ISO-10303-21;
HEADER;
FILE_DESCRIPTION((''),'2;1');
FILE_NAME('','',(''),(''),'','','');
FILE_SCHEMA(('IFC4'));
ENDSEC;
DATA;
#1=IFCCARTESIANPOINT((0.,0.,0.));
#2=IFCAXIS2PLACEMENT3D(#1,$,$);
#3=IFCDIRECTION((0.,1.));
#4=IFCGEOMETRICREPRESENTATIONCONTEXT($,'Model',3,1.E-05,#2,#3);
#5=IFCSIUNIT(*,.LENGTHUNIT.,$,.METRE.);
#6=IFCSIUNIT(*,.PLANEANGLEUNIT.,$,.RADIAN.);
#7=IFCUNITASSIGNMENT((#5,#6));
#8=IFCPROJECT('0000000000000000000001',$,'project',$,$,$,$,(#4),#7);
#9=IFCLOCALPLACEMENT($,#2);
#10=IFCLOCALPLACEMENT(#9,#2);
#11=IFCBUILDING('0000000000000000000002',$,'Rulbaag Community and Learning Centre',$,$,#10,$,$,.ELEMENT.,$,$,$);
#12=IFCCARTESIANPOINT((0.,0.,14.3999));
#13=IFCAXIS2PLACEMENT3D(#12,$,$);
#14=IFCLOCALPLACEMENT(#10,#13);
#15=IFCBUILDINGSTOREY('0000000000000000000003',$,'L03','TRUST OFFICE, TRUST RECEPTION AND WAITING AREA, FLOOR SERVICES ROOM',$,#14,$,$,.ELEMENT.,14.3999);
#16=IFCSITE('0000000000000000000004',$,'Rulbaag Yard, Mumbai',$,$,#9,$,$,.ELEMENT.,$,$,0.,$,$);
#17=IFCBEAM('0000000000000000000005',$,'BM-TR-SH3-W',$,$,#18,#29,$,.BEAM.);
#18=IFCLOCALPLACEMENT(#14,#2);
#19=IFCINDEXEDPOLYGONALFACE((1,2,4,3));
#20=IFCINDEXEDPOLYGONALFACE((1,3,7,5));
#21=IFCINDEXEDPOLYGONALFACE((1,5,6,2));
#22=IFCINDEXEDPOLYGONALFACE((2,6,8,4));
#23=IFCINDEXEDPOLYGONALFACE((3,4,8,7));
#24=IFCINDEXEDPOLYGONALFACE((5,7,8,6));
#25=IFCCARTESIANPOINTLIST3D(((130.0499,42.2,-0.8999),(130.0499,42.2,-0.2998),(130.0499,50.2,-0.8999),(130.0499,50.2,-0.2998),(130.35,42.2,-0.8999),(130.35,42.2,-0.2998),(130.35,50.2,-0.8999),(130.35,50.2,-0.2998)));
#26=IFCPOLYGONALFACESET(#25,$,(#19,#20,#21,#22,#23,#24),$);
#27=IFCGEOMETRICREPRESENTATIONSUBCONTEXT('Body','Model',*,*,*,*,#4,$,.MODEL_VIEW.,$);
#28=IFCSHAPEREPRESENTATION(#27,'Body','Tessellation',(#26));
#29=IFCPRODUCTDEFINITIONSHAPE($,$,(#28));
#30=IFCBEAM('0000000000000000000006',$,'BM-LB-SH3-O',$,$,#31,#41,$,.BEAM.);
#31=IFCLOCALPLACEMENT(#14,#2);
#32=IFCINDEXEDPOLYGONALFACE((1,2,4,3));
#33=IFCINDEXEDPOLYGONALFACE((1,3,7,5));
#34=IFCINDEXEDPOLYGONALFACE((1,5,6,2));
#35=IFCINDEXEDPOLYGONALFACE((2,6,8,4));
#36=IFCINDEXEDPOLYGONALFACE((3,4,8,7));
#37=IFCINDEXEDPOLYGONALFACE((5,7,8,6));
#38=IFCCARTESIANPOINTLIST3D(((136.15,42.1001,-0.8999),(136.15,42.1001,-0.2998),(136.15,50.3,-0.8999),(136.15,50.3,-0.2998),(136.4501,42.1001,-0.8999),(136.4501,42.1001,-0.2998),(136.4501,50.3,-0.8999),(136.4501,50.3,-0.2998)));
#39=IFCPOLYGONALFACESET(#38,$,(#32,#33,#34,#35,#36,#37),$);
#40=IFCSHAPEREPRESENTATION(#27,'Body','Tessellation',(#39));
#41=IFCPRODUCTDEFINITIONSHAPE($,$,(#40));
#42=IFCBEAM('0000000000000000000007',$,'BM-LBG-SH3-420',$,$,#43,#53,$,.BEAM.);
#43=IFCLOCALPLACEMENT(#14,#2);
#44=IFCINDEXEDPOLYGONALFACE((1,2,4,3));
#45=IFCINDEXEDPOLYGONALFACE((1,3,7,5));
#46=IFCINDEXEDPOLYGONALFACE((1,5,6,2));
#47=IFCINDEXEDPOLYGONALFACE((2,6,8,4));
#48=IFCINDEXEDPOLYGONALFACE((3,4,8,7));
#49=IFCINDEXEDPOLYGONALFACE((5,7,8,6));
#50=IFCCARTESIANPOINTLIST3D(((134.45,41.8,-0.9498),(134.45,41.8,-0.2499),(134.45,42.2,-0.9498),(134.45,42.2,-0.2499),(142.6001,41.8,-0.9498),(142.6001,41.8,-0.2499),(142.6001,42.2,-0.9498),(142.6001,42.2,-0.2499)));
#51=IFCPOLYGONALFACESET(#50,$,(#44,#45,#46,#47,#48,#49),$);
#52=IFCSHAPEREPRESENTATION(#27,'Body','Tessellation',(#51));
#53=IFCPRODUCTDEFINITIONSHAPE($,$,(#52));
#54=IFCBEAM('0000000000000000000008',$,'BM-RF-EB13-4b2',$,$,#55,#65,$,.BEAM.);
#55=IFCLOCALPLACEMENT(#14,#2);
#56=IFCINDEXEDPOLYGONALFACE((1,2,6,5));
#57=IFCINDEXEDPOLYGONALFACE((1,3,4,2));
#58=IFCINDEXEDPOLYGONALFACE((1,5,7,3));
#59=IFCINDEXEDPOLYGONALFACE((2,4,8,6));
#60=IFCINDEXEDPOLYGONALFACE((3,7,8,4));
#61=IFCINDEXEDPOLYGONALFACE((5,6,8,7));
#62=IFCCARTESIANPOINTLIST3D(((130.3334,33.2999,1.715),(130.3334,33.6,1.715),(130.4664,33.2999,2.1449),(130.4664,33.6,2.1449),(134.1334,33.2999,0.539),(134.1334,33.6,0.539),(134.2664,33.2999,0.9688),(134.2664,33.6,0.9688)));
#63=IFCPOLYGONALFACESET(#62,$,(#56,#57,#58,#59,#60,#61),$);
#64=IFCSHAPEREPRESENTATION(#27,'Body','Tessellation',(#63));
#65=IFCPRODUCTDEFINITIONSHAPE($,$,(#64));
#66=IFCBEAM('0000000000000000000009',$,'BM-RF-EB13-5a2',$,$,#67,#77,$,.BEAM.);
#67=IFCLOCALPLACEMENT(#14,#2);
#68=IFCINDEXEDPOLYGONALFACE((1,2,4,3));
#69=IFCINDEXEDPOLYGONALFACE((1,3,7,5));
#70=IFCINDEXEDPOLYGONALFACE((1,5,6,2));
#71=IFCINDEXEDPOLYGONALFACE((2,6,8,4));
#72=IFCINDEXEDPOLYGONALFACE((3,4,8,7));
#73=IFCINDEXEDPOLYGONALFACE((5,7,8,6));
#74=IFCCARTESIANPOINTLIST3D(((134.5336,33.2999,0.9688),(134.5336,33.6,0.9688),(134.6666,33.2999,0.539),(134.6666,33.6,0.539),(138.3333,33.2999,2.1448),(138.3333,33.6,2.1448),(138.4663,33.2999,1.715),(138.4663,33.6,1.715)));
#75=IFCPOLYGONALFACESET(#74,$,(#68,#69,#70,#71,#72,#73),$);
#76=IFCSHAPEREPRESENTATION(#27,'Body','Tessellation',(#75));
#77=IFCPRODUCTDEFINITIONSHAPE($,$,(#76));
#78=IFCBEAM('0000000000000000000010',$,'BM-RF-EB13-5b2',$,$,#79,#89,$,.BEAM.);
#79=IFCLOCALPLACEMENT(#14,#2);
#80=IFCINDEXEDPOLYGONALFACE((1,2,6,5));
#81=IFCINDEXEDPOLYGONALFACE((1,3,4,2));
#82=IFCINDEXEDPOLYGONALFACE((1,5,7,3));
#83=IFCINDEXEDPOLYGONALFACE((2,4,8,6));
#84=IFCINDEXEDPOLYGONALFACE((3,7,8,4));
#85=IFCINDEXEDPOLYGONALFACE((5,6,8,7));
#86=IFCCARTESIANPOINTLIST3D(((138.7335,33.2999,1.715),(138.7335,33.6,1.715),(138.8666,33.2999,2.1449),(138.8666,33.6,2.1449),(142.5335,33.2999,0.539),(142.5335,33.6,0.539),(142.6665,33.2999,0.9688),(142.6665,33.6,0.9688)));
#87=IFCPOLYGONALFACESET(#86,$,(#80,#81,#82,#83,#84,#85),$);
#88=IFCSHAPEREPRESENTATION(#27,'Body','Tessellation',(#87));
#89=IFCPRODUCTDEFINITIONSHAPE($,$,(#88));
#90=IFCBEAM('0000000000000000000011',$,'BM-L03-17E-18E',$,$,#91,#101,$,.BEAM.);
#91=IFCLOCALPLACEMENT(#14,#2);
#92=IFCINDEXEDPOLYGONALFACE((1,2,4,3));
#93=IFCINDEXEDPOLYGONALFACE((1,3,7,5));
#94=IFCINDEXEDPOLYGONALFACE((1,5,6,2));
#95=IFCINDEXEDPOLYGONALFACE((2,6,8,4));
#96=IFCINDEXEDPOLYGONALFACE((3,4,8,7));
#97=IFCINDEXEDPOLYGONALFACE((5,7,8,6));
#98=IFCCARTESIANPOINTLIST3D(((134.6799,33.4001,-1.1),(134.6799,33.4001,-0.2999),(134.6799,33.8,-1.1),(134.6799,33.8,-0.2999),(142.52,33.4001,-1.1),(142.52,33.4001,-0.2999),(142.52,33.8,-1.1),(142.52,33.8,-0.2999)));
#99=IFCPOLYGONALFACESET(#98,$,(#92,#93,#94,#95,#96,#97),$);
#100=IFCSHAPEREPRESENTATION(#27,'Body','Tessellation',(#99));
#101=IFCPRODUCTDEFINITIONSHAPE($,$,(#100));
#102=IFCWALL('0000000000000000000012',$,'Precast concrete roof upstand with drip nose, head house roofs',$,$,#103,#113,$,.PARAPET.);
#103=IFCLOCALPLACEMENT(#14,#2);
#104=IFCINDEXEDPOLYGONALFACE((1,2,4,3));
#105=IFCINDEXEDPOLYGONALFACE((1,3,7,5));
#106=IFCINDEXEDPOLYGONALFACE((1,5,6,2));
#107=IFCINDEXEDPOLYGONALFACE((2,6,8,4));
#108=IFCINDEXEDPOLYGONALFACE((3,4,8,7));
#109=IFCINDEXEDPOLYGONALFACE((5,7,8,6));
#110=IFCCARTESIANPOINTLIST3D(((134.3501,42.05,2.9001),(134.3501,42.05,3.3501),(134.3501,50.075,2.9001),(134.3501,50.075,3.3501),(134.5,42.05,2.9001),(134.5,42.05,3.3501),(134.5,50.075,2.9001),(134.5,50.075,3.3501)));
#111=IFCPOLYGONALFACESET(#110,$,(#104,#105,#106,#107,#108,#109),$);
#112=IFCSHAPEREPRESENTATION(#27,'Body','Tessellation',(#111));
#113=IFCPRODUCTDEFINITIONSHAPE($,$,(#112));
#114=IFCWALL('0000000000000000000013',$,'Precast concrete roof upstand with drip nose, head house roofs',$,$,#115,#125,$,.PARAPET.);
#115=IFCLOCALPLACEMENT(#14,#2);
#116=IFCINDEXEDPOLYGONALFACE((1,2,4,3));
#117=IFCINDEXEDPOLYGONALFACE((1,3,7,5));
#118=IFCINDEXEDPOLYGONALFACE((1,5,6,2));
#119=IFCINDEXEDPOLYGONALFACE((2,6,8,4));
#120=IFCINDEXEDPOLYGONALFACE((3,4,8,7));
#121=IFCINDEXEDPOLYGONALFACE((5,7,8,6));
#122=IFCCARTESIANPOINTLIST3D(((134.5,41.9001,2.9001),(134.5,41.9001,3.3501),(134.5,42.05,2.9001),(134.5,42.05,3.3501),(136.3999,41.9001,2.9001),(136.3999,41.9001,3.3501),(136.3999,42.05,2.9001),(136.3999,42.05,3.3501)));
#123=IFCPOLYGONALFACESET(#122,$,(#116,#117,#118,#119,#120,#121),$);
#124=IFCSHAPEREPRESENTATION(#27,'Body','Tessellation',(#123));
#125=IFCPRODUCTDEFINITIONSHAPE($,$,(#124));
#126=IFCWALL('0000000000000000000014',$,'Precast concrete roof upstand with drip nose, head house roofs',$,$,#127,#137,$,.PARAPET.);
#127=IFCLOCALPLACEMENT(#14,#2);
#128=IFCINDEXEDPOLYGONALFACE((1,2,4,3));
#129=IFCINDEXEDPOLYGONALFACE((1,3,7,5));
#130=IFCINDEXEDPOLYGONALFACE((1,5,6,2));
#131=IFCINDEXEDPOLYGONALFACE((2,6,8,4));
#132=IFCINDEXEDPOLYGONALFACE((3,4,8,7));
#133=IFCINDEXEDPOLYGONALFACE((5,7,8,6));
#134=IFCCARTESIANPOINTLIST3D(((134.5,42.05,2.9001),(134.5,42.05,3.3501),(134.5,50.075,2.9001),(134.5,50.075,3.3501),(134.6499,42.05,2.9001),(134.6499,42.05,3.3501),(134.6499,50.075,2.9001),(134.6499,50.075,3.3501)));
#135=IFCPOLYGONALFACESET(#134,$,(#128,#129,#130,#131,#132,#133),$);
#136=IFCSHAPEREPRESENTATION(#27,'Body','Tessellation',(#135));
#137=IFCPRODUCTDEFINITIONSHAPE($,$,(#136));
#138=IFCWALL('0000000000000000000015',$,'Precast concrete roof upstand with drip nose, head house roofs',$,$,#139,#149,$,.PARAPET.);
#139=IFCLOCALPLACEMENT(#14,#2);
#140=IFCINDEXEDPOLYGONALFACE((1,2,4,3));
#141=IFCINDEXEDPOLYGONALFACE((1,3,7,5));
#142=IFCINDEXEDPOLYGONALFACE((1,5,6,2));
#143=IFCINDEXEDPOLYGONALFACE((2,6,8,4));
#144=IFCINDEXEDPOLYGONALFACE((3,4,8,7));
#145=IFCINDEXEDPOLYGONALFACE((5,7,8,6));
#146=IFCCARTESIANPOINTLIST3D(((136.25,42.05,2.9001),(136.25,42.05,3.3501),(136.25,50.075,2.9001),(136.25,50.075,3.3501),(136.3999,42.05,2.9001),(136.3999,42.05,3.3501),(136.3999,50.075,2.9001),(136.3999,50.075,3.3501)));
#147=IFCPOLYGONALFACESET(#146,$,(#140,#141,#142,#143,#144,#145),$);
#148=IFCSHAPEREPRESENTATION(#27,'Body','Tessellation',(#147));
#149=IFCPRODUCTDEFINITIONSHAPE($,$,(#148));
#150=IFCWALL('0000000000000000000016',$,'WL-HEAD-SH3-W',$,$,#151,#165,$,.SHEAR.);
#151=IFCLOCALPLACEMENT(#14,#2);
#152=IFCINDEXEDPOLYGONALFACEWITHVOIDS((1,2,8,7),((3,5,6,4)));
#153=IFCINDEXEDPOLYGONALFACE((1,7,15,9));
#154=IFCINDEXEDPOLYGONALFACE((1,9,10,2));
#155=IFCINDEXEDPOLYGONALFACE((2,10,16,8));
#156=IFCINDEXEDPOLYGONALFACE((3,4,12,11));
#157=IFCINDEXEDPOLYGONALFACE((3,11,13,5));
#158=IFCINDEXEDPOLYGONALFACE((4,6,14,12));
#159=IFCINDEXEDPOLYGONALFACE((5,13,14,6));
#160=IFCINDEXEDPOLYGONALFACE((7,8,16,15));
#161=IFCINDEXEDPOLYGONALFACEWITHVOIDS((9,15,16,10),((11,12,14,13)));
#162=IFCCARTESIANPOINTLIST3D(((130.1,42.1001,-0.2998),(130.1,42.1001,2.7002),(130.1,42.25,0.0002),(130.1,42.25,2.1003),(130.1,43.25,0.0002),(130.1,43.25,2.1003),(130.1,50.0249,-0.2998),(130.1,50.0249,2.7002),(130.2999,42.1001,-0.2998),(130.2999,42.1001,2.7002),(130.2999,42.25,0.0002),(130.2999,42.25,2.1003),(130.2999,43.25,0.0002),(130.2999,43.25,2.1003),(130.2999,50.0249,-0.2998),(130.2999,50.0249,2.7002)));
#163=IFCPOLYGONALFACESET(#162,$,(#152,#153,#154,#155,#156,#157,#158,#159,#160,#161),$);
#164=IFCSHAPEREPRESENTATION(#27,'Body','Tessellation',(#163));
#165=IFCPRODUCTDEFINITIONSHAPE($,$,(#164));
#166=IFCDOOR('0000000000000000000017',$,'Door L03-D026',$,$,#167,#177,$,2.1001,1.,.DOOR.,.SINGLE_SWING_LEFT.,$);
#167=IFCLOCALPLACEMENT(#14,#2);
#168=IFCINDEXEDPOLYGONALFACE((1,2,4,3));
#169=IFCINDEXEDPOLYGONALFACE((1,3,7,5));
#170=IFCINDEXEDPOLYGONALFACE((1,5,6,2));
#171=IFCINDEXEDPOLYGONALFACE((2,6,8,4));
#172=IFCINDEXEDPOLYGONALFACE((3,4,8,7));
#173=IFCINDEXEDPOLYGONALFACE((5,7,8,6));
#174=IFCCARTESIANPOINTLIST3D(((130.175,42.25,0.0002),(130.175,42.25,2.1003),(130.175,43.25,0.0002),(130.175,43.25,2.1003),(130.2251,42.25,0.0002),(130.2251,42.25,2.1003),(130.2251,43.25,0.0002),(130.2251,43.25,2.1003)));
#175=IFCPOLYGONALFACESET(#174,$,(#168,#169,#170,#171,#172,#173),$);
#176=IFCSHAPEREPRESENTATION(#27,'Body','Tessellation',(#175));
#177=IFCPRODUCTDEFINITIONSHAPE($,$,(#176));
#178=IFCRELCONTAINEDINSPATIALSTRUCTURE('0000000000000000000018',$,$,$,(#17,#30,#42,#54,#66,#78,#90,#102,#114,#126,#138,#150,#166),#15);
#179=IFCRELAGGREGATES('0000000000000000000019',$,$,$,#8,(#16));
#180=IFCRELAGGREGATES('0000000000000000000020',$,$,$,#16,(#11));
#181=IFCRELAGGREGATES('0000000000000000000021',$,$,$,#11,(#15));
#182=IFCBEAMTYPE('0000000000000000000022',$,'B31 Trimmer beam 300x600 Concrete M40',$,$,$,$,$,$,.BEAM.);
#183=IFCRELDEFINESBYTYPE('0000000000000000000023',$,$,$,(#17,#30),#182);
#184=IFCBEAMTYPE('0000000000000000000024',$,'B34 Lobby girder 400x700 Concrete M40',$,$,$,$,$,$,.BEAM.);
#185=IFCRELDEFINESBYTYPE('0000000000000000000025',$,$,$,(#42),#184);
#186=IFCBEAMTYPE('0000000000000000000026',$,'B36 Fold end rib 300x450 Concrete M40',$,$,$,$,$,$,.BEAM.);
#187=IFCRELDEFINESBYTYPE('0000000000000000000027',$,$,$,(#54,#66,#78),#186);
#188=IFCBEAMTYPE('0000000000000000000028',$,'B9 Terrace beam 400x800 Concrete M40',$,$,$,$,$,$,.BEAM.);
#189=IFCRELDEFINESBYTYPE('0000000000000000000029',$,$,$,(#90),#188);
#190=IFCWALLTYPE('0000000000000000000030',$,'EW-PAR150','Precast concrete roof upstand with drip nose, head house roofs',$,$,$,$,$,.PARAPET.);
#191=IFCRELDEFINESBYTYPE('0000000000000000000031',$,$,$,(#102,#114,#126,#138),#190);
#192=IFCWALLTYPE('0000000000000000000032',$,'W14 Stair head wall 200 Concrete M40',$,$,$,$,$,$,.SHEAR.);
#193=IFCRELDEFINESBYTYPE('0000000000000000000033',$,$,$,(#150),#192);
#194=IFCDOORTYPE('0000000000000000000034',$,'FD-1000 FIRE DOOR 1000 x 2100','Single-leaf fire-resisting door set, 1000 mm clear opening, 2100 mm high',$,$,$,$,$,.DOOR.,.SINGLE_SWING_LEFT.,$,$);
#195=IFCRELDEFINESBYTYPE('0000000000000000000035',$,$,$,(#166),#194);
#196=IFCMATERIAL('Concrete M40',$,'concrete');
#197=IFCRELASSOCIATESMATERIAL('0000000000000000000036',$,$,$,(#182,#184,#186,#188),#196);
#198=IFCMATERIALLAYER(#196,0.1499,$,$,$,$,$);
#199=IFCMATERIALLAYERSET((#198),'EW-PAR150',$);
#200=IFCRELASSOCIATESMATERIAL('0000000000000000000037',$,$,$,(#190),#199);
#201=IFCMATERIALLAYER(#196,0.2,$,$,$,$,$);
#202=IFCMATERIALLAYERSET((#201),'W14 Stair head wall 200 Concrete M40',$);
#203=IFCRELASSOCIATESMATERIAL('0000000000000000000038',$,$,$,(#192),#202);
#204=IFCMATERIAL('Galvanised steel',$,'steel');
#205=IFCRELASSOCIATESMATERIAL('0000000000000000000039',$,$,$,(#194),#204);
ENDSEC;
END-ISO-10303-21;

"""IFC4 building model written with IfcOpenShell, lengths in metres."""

from ifc_helpers import new_model, si_unit, direction, frame, frame_2d, origin, origin_2d, place, context, subcontext, project, spatial, rectangle, extrude, material, layer, layer_set, material_profile, profile_set, type_object, element, fill, save


model = new_model("IFC4")

# Units and contexts
model_context = context("Model", 3, precision=1e-05, world=origin(), true_north=direction((0.0, 1.0)))
body_context = subcontext(model_context, "Body", "Model", "MODEL_VIEW")
ifc_project = project(units=[si_unit("LENGTHUNIT", "METRE"), si_unit("PLANEANGLEUNIT", "RADIAN")], contexts=[model_context])

# Site, building, storey
site_placement = place(None, origin())
site = spatial("IfcSite", under=ifc_project, at=site_placement, Name="Rulbaag Yard, Mumbai", CompositionType="ELEMENT", RefElevation=0.0)
building_placement = place(site_placement, origin())
building = spatial("IfcBuilding", under=site, at=building_placement, Name="Rulbaag Community and Learning Centre", CompositionType="ELEMENT")
storey_placement = place(building_placement, frame((0.0, 0.0, 14.3999)))
storey = spatial("IfcBuildingStorey", under=building, at=storey_placement, Name="L03", Description="TRUST OFFICE, TRUST RECEPTION AND WAITING AREA, FLOOR SERVICES ROOM", CompositionType="ELEMENT", Elevation=14.3999)

# Beams
ifc_material_1 = material(Name="Concrete M40", Category="concrete")
ifc_material_profile_1 = material_profile(ifc_material_1, rectangle(XDim=0.3, YDim=0.6001, at=origin_2d()), Name="RB300x600")
ifc_profile_set_1 = profile_set([ifc_material_profile_1], Name="Concrete M40")
beam_type_1 = type_object("IfcBeamType", Name="B31 Trimmer beam 300x600 Concrete M40", PredefinedType="BEAM", material=ifc_profile_set_1)
beam_1_placement = place(storey_placement, frame((130.2, 42.2, -0.5999), z_axis=(0.0, 1.0, 0.0), x_axis=(-1.0, 0.0, 0.0)))
element("IfcBeam", 1, at=beam_1_placement, inside=storey, type_object=beam_type_1, Name="BM-TR-SH3-W", PredefinedType="BEAM", context=body_context, shape_type="SweptSolid", body=[
    extrude(rectangle(XDim=0.3, YDim=0.6001, at=origin_2d()), origin(), (0.0, 0.0, 1.0), 8.0),
])
beam_2_placement = place(storey_placement, frame((136.3, 42.1001, -0.5999), z_axis=(0.0, 1.0, 0.0), x_axis=(-1.0, 0.0, 0.0)))
element("IfcBeam", 2, at=beam_2_placement, inside=storey, type_object=beam_type_1, Name="BM-LB-SH3-O", PredefinedType="BEAM", context=body_context, shape_type="SweptSolid", body=[
    extrude(rectangle(XDim=0.3, YDim=0.6001, at=origin_2d()), origin(), (0.0, 0.0, 1.0), 8.2),
])
ifc_material_profile_2 = material_profile(ifc_material_1, rectangle(XDim=0.3999, YDim=0.7, at=origin_2d()), Name="RB400x700")
ifc_profile_set_2 = profile_set([ifc_material_profile_2], Name="Concrete M40")
beam_type_2 = type_object("IfcBeamType", Name="B34 Lobby girder 400x700 Concrete M40", PredefinedType="BEAM", material=ifc_profile_set_2)
beam_3_placement = place(storey_placement, frame((134.45, 42.0, -0.5999), z_axis=(1.0, 0.0, 0.0), x_axis=(0.0, 1.0, 0.0)))
element("IfcBeam", 3, at=beam_3_placement, inside=storey, type_object=beam_type_2, Name="BM-LBG-SH3-420", PredefinedType="BEAM", context=body_context, shape_type="SweptSolid", body=[
    extrude(rectangle(XDim=0.3999, YDim=0.7, at=origin_2d()), origin(), (0.0, 0.0, 1.0), 8.1501),
])
ifc_material_profile_3 = material_profile(ifc_material_1, rectangle(XDim=0.3, YDim=0.45, at=origin_2d()), Name="RB300x450")
ifc_profile_set_3 = profile_set([ifc_material_profile_3], Name="Concrete M40")
beam_type_3 = type_object("IfcBeamType", Name="B36 Fold end rib 300x450 Concrete M40", PredefinedType="BEAM", material=ifc_profile_set_3)
beam_4_placement = place(storey_placement, frame((130.3999, 33.45, 1.9299), z_axis=(0.955299, 0.0, -0.295642), x_axis=(0.0, 1.0, 0.0)))
element("IfcBeam", 4, at=beam_4_placement, inside=storey, type_object=beam_type_3, Name="BM-RF-EB13-4b2", PredefinedType="BEAM", context=body_context, shape_type="SweptSolid", body=[
    extrude(rectangle(XDim=0.3, YDim=0.45, at=origin_2d()), origin(), (0.0, 0.0, 1.0), 3.9778),
])
beam_5_placement = place(storey_placement, frame((134.6001, 33.45, 0.7539), z_axis=(0.955293, 0.0, 0.29566), x_axis=(0.0, 1.0, 0.0)))
element("IfcBeam", 5, at=beam_5_placement, inside=storey, type_object=beam_type_3, Name="BM-RF-EB13-5a2", PredefinedType="BEAM", context=body_context, shape_type="SweptSolid", body=[
    extrude(rectangle(XDim=0.3, YDim=0.45, at=origin_2d()), origin(), (0.0, 0.0, 1.0), 3.9775),
])
beam_6_placement = place(storey_placement, frame((138.8, 33.45, 1.9299), z_axis=(0.955299, 0.0, -0.295642), x_axis=(0.0, 1.0, 0.0)))
element("IfcBeam", 6, at=beam_6_placement, inside=storey, type_object=beam_type_3, Name="BM-RF-EB13-5b2", PredefinedType="BEAM", context=body_context, shape_type="SweptSolid", body=[
    extrude(rectangle(XDim=0.3, YDim=0.45, at=origin_2d()), origin(), (0.0, 0.0, 1.0), 3.9778),
])
ifc_material_profile_4 = material_profile(ifc_material_1, rectangle(XDim=0.3999, YDim=0.8, at=origin_2d()), Name="RB400x800")
ifc_profile_set_4 = profile_set([ifc_material_profile_4], Name="Concrete M40")
beam_type_4 = type_object("IfcBeamType", Name="B9 Terrace beam 400x800 Concrete M40", PredefinedType="BEAM", material=ifc_profile_set_4)
beam_7_placement = place(storey_placement, frame((134.6799, 33.6001, -0.7), z_axis=(1.0, 0.0, 0.0), x_axis=(0.0, 1.0, 0.0)))
element("IfcBeam", 7, at=beam_7_placement, inside=storey, type_object=beam_type_4, Name="BM-L03-17E-18E", PredefinedType="BEAM", context=body_context, shape_type="SweptSolid", body=[
    extrude(rectangle(XDim=0.3999, YDim=0.8, at=origin_2d()), origin(), (0.0, 0.0, 1.0), 7.8401),
])

# Walls
ifc_layer_1 = layer(ifc_material_1, 0.1499)
ifc_layer_set_1 = layer_set([ifc_layer_1], Name="EW-PAR150")
wall_type_1 = type_object("IfcWallType", Name="EW-PAR150", Description="Precast concrete roof upstand with drip nose, head house roofs", PredefinedType="PARAPET", material=ifc_layer_set_1)
wall_1_placement = place(storey_placement, frame((134.425, 42.05, 2.9001), z_axis=(0.0, 0.0, 1.0), x_axis=(0.0, 1.0, 0.0)))
element("IfcWall", 8, at=wall_1_placement, inside=storey, type_object=wall_type_1, Name="Precast concrete roof upstand with drip nose, head house roofs", PredefinedType="PARAPET", context=body_context, shape_type="SweptSolid", body=[
    extrude(rectangle(XDim=8.0249, YDim=0.1499, at=frame_2d((4.0125, 0.0))), origin(), (0.0, 0.0, 1.0), 0.45),
])
wall_2_placement = place(storey_placement, frame((134.5, 41.9751, 2.9001), z_axis=(0.0, 0.0, 1.0), x_axis=(1.0, 0.0, 0.0)))
element("IfcWall", 9, at=wall_2_placement, inside=storey, type_object=wall_type_1, Name="Precast concrete roof upstand with drip nose, head house roofs", PredefinedType="PARAPET", context=body_context, shape_type="SweptSolid", body=[
    extrude(rectangle(XDim=1.8999, YDim=0.1499, at=frame_2d((0.95, 0.0))), origin(), (0.0, 0.0, 1.0), 0.45),
])
for number, where, z_axis, x_axis, name in (
    (10, (134.575, 42.05, 2.9001), (0.0, 0.0, 1.0), (0.0, 1.0, 0.0), "Precast concrete roof upstand with drip nose, head house roofs"),
    (11, (136.325, 42.05, 2.9001), (0.0, 0.0, 1.0), (0.0, 1.0, 0.0), "Precast concrete roof upstand with drip nose, head house roofs"),
):
    element("IfcWall", number, at=place(storey_placement, frame(where, z_axis=z_axis, x_axis=x_axis)), inside=storey, type_object=wall_type_1, Name=name, PredefinedType="PARAPET", context=body_context, shape_type="SweptSolid", body=[
        extrude(rectangle(XDim=8.0249, YDim=0.1499, at=frame_2d((4.0125, 0.0))), origin(), (0.0, 0.0, 1.0), 0.45),
    ])

# Wall, opening, door
ifc_layer_2 = layer(ifc_material_1, 0.2)
ifc_layer_set_2 = layer_set([ifc_layer_2], Name="W14 Stair head wall 200 Concrete M40")
wall_type_2 = type_object("IfcWallType", Name="W14 Stair head wall 200 Concrete M40", PredefinedType="SHEAR", material=ifc_layer_set_2)
wall_3_placement = place(storey_placement, frame((130.2, 42.1001, -0.2998), z_axis=(0.0, 0.0, 1.0), x_axis=(0.0, 1.0, 0.0)))
wall_3 = element("IfcWall", 12, at=wall_3_placement, inside=storey, type_object=wall_type_2, Name="WL-HEAD-SH3-W", PredefinedType="SHEAR", context=body_context, shape_type="SweptSolid", body=[
    extrude(rectangle(XDim=7.9248, YDim=0.2, at=frame_2d((3.9624, 0.0))), origin(), (0.0, 0.0, 1.0), 3.0),
])
opening_1_placement = place(wall_3_placement, frame((0.1499, 0.0, 0.3)))
opening_1 = element("IfcOpeningElement", 13, at=opening_1_placement, cuts=wall_3, PredefinedType="OPENING", context=body_context, shape_type="SweptSolid", body=[
    extrude(rectangle(XDim=1.0, YDim=2.1001, at=frame_2d((0.5, 1.05))), frame((0.0, 0.1099, 0.0), z_axis=(0.0, -1.0, 0.0), x_axis=(1.0, 0.0, 0.0)), (0.0, 0.0, 1.0), 0.22),
])
ifc_material_2 = material(Name="Galvanised steel", Category="steel")
door_type_1 = type_object("IfcDoorType", Name="FD-1000 FIRE DOOR 1000 x 2100", Description="Single-leaf fire-resisting door set, 1000 mm clear opening, 2100 mm high", OperationType="SINGLE_SWING_LEFT", PredefinedType="DOOR", material=ifc_material_2)
door_1_placement = place(opening_1_placement, origin())
door_1 = element("IfcDoor", 14, at=door_1_placement, inside=storey, type_object=door_type_1, Name="Door L03-D026", OperationType="SINGLE_SWING_LEFT", OverallHeight=2.1001, OverallWidth=1.0, PredefinedType="DOOR", context=body_context, shape_type="SweptSolid", body=[
    extrude(rectangle(XDim=1.0, YDim=2.1001, at=frame_2d((0.5, 1.05))), frame((0.0, 0.0249, 0.0), z_axis=(0.0, -1.0, 0.0), x_axis=(1.0, 0.0, 0.0)), (0.0, 0.0, 1.0), 0.05),
])
fill(opening_1, door_1)

save(model, "model.ifc")
